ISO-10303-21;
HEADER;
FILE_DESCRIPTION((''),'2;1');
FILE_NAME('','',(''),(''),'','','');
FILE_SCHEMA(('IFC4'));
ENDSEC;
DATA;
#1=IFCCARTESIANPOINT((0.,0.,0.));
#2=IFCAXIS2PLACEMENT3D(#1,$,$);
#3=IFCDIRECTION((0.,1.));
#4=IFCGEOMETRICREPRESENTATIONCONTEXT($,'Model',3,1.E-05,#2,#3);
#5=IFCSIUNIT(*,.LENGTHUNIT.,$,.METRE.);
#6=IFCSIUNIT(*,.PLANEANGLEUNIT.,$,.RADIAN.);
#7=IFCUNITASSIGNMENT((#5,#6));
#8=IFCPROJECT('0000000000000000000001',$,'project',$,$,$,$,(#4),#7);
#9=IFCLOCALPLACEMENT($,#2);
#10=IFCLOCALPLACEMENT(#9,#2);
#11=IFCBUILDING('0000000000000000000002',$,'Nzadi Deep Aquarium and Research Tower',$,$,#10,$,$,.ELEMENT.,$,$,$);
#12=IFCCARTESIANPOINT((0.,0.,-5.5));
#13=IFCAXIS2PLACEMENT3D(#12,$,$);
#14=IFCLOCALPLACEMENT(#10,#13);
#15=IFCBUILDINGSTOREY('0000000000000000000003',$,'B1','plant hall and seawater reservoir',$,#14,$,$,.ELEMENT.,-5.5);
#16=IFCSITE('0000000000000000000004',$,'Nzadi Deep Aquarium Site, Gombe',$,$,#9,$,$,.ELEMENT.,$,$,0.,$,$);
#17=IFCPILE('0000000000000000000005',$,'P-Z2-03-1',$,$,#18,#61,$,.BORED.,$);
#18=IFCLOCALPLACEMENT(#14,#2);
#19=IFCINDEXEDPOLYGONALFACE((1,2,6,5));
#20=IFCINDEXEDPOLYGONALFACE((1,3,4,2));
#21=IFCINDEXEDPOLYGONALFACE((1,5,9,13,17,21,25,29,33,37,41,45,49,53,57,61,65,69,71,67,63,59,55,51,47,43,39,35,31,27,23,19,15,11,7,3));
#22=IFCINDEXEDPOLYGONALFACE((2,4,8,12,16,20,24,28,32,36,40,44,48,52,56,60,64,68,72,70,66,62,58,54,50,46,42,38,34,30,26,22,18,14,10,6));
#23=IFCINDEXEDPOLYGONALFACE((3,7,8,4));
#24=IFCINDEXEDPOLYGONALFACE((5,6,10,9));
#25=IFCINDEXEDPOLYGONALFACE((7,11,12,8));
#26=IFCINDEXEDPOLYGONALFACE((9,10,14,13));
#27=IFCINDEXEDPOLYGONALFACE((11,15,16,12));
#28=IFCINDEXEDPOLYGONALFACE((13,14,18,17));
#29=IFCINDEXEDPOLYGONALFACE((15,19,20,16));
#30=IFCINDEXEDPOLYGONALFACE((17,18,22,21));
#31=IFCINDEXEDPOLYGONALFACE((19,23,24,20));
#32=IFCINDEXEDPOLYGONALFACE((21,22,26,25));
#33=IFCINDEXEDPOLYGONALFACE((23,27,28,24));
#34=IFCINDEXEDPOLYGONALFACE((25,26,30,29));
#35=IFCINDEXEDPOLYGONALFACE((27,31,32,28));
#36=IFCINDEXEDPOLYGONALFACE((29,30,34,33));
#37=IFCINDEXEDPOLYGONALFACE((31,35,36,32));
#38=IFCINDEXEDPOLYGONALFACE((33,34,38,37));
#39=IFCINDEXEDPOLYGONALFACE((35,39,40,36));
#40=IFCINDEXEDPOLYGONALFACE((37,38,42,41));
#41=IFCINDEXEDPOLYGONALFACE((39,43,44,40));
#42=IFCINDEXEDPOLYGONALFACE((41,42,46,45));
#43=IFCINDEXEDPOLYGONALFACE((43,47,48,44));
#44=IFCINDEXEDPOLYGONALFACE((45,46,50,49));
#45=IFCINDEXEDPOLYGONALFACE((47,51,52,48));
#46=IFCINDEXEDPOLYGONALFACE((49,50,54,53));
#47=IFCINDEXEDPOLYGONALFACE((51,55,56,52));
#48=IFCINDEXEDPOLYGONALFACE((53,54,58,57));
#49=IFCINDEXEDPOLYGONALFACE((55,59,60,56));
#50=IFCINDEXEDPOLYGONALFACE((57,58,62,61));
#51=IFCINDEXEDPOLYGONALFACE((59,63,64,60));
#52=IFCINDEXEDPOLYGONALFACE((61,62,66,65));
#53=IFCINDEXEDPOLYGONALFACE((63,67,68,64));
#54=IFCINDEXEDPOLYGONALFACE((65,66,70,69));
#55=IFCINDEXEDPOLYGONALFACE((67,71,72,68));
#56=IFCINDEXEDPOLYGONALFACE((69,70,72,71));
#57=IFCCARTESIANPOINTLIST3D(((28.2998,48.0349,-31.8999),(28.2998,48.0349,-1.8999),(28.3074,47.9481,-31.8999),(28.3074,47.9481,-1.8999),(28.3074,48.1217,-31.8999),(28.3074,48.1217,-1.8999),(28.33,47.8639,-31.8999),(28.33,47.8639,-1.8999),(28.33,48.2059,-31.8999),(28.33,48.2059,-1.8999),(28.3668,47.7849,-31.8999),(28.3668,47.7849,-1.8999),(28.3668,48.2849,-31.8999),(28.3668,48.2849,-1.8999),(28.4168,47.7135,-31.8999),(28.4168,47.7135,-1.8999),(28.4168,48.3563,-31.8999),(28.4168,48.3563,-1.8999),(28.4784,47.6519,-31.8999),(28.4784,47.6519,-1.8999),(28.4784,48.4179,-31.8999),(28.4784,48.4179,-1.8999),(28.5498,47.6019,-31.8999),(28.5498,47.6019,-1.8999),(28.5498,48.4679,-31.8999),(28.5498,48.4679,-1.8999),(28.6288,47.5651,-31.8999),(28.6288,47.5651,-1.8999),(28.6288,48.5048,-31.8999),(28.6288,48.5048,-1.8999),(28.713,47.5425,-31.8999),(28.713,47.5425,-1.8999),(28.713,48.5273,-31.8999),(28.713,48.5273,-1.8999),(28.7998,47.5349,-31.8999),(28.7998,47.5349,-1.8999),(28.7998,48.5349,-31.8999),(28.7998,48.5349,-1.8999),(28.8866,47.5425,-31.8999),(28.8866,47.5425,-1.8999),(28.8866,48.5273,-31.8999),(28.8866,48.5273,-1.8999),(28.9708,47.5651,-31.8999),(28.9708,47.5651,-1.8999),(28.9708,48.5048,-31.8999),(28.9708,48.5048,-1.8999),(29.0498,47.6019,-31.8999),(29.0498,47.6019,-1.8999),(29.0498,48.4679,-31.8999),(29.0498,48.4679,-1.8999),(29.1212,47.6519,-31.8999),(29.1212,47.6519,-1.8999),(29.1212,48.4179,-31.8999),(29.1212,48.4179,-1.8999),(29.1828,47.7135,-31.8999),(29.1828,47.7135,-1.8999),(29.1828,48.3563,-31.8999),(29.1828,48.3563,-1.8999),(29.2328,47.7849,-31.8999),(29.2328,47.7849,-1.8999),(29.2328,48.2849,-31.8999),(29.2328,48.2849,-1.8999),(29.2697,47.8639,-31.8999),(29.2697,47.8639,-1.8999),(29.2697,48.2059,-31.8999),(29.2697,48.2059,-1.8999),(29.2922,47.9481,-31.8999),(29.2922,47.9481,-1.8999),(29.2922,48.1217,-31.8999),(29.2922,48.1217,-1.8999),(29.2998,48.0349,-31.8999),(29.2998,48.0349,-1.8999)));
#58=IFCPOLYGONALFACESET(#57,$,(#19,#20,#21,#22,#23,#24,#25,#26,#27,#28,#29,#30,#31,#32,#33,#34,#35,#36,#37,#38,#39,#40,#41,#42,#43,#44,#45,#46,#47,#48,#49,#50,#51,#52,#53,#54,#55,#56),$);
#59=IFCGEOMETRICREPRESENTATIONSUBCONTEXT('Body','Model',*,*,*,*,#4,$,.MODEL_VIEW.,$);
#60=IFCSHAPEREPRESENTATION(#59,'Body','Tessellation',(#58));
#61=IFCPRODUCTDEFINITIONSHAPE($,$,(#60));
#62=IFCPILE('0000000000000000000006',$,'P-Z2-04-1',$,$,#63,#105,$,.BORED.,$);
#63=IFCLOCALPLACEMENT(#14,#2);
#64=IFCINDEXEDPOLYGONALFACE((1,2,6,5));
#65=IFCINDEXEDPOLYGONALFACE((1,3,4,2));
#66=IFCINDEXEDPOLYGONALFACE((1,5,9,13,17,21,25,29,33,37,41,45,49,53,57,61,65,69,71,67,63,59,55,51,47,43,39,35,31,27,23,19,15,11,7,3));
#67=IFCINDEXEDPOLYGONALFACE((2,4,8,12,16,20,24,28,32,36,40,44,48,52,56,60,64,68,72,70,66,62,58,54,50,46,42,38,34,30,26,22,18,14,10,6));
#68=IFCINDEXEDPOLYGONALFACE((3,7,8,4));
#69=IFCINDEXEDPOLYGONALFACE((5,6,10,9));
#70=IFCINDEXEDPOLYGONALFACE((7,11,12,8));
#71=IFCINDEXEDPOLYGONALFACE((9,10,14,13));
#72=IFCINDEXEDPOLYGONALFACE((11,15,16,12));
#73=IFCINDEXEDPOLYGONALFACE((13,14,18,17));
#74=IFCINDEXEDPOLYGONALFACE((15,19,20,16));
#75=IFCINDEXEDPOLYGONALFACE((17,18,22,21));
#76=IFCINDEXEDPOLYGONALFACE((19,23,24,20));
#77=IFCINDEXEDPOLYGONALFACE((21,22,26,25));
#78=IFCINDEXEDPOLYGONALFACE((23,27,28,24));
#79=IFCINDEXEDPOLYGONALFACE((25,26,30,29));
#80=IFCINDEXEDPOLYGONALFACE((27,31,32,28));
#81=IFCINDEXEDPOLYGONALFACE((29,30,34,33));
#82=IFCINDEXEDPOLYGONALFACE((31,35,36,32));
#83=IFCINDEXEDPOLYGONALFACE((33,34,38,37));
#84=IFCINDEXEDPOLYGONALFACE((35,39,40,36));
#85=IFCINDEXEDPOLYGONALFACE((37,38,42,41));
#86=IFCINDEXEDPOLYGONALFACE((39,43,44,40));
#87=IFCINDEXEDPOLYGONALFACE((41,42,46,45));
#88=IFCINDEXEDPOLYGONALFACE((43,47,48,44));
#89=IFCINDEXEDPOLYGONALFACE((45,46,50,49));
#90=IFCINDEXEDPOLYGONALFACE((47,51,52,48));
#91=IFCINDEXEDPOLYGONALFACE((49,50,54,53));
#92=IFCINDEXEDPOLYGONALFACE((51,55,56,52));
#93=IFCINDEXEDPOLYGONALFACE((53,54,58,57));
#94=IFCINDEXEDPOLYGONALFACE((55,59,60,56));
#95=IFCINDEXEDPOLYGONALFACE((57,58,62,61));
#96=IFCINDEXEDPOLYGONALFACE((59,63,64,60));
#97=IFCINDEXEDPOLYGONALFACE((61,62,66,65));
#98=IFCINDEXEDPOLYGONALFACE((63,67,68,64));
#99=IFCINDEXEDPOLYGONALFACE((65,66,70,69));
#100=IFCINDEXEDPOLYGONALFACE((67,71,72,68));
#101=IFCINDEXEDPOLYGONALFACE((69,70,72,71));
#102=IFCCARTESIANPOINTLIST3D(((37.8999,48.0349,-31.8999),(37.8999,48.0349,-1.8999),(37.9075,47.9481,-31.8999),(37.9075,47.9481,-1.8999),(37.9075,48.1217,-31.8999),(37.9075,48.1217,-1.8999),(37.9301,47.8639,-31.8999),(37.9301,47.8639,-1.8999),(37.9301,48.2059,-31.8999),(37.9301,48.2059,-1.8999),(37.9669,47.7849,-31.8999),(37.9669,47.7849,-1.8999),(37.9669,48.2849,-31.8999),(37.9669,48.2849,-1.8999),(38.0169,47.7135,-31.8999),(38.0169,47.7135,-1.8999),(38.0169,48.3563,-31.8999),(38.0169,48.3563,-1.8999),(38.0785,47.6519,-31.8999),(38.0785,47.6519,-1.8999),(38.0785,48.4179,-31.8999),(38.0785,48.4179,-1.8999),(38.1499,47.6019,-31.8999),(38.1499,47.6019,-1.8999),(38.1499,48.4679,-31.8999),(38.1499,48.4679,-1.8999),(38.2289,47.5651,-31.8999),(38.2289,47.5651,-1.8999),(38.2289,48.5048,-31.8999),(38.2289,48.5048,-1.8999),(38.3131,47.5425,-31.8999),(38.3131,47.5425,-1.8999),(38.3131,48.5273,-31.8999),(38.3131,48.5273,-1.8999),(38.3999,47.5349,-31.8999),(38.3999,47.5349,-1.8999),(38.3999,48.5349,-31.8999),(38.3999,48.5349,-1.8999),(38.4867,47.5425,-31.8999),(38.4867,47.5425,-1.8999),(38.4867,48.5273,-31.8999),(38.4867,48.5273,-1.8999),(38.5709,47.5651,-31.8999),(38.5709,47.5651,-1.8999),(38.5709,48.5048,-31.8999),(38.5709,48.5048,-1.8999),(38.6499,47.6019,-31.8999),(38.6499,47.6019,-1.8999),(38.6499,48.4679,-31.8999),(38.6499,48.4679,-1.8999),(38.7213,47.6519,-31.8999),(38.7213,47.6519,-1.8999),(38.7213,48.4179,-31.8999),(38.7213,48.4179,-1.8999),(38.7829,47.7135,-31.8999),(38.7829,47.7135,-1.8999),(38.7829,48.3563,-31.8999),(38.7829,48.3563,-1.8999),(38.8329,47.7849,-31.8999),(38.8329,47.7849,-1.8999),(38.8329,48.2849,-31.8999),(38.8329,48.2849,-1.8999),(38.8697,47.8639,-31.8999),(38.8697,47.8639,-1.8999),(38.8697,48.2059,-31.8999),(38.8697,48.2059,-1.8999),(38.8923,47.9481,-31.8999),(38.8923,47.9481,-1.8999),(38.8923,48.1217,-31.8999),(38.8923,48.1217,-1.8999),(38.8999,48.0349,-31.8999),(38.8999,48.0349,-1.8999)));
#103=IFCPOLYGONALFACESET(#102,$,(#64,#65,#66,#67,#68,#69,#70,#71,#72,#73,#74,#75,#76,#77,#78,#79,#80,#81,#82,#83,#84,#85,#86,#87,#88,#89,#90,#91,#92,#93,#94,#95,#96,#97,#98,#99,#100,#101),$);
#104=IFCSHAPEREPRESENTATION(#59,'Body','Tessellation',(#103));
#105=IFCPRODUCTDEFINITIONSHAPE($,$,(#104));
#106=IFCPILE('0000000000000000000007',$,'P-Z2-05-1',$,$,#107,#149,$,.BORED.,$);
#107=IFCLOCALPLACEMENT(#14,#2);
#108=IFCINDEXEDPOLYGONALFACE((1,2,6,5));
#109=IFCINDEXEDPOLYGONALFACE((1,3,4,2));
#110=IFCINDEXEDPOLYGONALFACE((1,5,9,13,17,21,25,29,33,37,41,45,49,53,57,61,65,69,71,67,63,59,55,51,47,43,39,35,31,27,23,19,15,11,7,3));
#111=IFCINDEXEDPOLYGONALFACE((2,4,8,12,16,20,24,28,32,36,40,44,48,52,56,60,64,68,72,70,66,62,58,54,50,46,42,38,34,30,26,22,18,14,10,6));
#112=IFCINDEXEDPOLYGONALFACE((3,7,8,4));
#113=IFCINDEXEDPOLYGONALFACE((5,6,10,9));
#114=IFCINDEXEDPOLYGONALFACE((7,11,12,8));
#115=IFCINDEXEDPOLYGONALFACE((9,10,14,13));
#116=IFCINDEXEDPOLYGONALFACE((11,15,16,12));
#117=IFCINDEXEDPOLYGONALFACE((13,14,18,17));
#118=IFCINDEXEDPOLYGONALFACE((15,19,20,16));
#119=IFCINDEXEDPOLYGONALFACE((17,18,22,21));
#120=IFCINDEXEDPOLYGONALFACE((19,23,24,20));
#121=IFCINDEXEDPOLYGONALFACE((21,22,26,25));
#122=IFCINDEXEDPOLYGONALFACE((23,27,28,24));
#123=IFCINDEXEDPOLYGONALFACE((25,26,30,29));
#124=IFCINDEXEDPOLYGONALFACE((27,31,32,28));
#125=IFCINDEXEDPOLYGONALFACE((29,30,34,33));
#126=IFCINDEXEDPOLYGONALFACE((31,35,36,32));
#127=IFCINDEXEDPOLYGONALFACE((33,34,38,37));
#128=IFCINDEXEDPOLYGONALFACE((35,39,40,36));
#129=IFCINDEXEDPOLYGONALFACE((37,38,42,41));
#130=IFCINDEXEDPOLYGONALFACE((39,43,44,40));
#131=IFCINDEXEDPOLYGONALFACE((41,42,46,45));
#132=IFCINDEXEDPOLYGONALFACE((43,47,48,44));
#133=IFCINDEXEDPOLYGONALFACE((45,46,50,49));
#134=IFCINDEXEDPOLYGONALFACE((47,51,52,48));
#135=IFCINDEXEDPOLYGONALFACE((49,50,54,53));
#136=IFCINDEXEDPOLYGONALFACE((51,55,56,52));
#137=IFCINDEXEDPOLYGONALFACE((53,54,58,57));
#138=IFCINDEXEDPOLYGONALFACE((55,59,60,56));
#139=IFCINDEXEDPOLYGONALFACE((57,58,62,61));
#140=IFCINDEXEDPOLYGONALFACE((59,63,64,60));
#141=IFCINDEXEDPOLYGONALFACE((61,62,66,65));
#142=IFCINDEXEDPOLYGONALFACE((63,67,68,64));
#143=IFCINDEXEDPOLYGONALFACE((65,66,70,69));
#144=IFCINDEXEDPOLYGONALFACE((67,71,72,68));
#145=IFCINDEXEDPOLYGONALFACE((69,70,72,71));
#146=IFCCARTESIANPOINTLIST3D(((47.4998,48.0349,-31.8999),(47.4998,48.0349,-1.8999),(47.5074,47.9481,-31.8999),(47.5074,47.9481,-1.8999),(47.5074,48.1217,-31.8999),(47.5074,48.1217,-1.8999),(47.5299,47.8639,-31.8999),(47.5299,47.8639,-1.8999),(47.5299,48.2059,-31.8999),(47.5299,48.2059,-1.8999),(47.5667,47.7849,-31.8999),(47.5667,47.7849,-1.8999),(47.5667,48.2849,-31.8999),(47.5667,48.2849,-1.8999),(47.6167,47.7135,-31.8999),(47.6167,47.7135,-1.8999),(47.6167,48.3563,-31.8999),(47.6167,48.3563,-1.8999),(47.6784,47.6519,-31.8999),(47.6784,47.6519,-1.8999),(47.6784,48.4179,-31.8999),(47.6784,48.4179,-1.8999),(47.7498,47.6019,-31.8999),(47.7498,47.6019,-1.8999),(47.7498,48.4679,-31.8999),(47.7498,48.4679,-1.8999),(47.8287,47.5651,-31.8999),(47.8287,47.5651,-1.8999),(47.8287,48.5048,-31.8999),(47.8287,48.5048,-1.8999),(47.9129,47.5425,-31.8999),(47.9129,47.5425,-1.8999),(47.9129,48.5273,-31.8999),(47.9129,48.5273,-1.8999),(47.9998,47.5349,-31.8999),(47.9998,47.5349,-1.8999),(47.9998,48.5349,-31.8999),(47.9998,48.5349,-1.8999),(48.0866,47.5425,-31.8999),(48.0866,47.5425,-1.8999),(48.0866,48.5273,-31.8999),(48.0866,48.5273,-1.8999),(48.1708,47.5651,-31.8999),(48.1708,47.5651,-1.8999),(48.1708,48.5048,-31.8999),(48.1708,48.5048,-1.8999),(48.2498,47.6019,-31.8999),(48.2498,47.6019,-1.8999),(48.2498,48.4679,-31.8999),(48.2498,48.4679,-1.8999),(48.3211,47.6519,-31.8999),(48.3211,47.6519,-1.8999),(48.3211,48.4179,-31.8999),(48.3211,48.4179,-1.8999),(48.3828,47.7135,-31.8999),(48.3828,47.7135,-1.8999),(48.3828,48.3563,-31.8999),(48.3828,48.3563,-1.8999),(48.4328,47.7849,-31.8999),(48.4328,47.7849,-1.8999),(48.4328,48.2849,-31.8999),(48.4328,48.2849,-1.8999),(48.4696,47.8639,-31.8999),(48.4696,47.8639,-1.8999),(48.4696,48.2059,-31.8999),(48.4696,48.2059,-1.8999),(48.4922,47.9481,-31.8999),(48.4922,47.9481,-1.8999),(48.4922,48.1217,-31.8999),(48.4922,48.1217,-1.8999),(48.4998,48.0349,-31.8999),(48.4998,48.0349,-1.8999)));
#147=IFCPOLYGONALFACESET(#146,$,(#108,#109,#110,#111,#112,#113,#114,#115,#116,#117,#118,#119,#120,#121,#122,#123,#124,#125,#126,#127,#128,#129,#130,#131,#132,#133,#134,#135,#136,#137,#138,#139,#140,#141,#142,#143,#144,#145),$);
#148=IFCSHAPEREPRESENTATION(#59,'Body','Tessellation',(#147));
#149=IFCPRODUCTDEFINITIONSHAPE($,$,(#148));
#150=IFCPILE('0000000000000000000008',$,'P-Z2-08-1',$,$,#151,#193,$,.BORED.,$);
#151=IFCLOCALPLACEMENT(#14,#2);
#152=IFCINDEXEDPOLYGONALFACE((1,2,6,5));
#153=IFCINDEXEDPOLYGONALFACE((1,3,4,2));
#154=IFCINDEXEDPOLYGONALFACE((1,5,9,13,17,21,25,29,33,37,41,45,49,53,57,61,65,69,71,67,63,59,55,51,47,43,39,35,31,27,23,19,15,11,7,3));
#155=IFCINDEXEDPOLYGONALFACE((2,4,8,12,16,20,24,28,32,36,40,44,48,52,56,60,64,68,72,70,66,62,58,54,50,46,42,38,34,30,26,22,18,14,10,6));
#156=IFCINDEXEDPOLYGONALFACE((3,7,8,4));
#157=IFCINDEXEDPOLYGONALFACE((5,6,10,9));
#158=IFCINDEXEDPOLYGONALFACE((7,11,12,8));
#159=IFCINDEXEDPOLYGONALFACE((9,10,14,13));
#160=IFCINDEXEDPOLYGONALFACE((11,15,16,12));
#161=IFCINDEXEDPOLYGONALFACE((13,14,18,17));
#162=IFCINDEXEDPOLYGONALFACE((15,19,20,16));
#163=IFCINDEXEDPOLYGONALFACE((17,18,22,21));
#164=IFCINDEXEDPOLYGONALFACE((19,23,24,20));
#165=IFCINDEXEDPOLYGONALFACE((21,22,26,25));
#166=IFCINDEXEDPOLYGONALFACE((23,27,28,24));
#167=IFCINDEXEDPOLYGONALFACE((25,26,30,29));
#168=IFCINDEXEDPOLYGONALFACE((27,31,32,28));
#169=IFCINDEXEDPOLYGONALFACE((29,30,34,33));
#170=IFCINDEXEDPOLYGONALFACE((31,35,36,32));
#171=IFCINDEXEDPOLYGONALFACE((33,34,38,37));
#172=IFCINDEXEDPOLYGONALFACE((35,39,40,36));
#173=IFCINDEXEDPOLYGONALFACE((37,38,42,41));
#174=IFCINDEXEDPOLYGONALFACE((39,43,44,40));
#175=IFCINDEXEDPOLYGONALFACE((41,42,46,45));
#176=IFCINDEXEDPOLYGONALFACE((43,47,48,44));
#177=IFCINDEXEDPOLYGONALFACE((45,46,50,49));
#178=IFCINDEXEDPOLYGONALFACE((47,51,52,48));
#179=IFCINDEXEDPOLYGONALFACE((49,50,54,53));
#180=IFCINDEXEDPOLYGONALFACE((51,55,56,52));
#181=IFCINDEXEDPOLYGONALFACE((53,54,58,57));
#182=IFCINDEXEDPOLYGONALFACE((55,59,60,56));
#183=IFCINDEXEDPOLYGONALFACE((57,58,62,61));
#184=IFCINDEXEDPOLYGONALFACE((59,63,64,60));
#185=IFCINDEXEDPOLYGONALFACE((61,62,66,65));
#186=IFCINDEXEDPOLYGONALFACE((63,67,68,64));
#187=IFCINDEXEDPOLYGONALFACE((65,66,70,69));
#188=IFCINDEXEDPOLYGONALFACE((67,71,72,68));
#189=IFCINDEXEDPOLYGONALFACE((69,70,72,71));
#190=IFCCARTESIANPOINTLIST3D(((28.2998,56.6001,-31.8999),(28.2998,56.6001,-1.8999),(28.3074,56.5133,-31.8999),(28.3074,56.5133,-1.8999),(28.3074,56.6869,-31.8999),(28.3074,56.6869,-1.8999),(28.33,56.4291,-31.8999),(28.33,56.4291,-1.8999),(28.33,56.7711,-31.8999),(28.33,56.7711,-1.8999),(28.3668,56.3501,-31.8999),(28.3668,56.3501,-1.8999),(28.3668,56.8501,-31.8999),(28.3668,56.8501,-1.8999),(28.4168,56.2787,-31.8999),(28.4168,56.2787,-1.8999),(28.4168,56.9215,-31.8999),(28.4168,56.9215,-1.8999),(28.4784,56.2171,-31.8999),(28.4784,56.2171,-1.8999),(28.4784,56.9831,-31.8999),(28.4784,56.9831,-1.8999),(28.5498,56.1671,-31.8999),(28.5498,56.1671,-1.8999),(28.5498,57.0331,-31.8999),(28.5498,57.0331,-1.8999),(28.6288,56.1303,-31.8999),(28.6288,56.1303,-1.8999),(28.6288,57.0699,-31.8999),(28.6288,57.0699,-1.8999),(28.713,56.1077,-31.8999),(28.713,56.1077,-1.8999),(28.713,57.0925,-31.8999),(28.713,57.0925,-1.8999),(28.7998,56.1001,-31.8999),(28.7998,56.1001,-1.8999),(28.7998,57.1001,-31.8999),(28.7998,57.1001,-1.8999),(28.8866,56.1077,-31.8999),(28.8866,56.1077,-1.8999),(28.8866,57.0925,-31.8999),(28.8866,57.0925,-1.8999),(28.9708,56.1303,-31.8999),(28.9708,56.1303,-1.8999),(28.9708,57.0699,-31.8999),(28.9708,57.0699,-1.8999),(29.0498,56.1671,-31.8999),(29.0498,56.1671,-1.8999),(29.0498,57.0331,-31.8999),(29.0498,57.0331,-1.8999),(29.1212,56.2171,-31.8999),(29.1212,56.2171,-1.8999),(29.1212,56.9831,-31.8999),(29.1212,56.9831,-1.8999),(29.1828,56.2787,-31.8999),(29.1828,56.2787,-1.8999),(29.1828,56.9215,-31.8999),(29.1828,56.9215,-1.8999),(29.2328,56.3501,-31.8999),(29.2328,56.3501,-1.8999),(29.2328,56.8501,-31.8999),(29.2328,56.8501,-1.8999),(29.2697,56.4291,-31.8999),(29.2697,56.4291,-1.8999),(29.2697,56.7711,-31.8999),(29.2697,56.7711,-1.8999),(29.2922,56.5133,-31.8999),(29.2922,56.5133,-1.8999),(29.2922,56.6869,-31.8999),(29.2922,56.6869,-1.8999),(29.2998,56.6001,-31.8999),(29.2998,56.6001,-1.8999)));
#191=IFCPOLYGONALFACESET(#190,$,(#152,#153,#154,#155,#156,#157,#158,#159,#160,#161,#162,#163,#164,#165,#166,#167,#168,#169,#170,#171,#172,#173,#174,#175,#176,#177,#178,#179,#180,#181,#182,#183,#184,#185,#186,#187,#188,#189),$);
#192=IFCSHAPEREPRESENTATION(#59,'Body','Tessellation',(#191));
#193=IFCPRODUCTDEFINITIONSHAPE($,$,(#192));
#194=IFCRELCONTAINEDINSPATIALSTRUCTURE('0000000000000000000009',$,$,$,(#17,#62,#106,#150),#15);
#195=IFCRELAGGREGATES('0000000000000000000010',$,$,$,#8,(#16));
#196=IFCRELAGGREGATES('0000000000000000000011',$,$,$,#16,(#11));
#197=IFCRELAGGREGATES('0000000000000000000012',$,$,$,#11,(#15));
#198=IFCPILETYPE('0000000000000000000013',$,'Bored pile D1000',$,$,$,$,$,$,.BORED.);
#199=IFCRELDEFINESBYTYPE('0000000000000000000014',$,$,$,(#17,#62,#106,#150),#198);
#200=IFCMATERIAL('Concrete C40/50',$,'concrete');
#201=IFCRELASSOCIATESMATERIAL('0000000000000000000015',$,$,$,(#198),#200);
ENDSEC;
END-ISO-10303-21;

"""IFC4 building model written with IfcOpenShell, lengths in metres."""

from ifc_helpers import new_model, si_unit, direction, frame, origin, origin_2d, place, context, subcontext, project, spatial, circle, extrude, material, material_profile, profile_set, type_object, element, save


model = new_model("IFC4")

# Units and contexts
model_context = context("Model", 3, precision=1e-05, world=origin(), true_north=direction((0.0, 1.0)))
body_context = subcontext(model_context, "Body", "Model", "MODEL_VIEW")
ifc_project = project(units=[si_unit("LENGTHUNIT", "METRE"), si_unit("PLANEANGLEUNIT", "RADIAN")], contexts=[model_context])

# Site, building, storey
site_placement = place(None, origin())
site = spatial("IfcSite", under=ifc_project, at=site_placement, Name="Nzadi Deep Aquarium Site, Gombe", CompositionType="ELEMENT", RefElevation=0.0)
building_placement = place(site_placement, origin())
building = spatial("IfcBuilding", under=site, at=building_placement, Name="Nzadi Deep Aquarium and Research Tower", CompositionType="ELEMENT")
storey_placement = place(building_placement, frame((0.0, 0.0, -5.5)))
storey = spatial("IfcBuildingStorey", under=building, at=storey_placement, Name="B1", Description="plant hall and seawater reservoir", CompositionType="ELEMENT", Elevation=-5.5)

# Piles
ifc_material_1 = material(Name="Concrete C40/50", Category="concrete")
ifc_material_profile_1 = material_profile(ifc_material_1, circle(Radius=0.5, at=origin_2d()))
ifc_profile_set_1 = profile_set([ifc_material_profile_1], Name="Concrete C40/50")
pile_type = type_object("IfcPileType", Name="Bored pile D1000", PredefinedType="BORED", material=ifc_profile_set_1)
for number, where, z_axis, x_axis, name in (
    (1, (28.7998, 48.0349, -1.8999), (0.0, 0.0, -1.0), (1.0, 0.0, 0.0), "P-Z2-03-1"),
    (2, (38.3999, 48.0349, -1.8999), (0.0, 0.0, -1.0), (1.0, 0.0, 0.0), "P-Z2-04-1"),
    (3, (47.9998, 48.0349, -1.8999), (0.0, 0.0, -1.0), (1.0, 0.0, 0.0), "P-Z2-05-1"),
    (4, (28.7998, 56.6001, -1.8999), (0.0, 0.0, -1.0), (1.0, 0.0, 0.0), "P-Z2-08-1"),
):
    element("IfcPile", number, at=place(storey_placement, frame(where, z_axis=z_axis, x_axis=x_axis)), inside=storey, type_object=pile_type, Name=name, PredefinedType="BORED", context=body_context, shape_type="SweptSolid", body=[
        extrude(circle(Radius=0.5, at=origin_2d()), origin(), (0.0, 0.0, 1.0), 30.0),
    ])

save(model, "model.ifc")
